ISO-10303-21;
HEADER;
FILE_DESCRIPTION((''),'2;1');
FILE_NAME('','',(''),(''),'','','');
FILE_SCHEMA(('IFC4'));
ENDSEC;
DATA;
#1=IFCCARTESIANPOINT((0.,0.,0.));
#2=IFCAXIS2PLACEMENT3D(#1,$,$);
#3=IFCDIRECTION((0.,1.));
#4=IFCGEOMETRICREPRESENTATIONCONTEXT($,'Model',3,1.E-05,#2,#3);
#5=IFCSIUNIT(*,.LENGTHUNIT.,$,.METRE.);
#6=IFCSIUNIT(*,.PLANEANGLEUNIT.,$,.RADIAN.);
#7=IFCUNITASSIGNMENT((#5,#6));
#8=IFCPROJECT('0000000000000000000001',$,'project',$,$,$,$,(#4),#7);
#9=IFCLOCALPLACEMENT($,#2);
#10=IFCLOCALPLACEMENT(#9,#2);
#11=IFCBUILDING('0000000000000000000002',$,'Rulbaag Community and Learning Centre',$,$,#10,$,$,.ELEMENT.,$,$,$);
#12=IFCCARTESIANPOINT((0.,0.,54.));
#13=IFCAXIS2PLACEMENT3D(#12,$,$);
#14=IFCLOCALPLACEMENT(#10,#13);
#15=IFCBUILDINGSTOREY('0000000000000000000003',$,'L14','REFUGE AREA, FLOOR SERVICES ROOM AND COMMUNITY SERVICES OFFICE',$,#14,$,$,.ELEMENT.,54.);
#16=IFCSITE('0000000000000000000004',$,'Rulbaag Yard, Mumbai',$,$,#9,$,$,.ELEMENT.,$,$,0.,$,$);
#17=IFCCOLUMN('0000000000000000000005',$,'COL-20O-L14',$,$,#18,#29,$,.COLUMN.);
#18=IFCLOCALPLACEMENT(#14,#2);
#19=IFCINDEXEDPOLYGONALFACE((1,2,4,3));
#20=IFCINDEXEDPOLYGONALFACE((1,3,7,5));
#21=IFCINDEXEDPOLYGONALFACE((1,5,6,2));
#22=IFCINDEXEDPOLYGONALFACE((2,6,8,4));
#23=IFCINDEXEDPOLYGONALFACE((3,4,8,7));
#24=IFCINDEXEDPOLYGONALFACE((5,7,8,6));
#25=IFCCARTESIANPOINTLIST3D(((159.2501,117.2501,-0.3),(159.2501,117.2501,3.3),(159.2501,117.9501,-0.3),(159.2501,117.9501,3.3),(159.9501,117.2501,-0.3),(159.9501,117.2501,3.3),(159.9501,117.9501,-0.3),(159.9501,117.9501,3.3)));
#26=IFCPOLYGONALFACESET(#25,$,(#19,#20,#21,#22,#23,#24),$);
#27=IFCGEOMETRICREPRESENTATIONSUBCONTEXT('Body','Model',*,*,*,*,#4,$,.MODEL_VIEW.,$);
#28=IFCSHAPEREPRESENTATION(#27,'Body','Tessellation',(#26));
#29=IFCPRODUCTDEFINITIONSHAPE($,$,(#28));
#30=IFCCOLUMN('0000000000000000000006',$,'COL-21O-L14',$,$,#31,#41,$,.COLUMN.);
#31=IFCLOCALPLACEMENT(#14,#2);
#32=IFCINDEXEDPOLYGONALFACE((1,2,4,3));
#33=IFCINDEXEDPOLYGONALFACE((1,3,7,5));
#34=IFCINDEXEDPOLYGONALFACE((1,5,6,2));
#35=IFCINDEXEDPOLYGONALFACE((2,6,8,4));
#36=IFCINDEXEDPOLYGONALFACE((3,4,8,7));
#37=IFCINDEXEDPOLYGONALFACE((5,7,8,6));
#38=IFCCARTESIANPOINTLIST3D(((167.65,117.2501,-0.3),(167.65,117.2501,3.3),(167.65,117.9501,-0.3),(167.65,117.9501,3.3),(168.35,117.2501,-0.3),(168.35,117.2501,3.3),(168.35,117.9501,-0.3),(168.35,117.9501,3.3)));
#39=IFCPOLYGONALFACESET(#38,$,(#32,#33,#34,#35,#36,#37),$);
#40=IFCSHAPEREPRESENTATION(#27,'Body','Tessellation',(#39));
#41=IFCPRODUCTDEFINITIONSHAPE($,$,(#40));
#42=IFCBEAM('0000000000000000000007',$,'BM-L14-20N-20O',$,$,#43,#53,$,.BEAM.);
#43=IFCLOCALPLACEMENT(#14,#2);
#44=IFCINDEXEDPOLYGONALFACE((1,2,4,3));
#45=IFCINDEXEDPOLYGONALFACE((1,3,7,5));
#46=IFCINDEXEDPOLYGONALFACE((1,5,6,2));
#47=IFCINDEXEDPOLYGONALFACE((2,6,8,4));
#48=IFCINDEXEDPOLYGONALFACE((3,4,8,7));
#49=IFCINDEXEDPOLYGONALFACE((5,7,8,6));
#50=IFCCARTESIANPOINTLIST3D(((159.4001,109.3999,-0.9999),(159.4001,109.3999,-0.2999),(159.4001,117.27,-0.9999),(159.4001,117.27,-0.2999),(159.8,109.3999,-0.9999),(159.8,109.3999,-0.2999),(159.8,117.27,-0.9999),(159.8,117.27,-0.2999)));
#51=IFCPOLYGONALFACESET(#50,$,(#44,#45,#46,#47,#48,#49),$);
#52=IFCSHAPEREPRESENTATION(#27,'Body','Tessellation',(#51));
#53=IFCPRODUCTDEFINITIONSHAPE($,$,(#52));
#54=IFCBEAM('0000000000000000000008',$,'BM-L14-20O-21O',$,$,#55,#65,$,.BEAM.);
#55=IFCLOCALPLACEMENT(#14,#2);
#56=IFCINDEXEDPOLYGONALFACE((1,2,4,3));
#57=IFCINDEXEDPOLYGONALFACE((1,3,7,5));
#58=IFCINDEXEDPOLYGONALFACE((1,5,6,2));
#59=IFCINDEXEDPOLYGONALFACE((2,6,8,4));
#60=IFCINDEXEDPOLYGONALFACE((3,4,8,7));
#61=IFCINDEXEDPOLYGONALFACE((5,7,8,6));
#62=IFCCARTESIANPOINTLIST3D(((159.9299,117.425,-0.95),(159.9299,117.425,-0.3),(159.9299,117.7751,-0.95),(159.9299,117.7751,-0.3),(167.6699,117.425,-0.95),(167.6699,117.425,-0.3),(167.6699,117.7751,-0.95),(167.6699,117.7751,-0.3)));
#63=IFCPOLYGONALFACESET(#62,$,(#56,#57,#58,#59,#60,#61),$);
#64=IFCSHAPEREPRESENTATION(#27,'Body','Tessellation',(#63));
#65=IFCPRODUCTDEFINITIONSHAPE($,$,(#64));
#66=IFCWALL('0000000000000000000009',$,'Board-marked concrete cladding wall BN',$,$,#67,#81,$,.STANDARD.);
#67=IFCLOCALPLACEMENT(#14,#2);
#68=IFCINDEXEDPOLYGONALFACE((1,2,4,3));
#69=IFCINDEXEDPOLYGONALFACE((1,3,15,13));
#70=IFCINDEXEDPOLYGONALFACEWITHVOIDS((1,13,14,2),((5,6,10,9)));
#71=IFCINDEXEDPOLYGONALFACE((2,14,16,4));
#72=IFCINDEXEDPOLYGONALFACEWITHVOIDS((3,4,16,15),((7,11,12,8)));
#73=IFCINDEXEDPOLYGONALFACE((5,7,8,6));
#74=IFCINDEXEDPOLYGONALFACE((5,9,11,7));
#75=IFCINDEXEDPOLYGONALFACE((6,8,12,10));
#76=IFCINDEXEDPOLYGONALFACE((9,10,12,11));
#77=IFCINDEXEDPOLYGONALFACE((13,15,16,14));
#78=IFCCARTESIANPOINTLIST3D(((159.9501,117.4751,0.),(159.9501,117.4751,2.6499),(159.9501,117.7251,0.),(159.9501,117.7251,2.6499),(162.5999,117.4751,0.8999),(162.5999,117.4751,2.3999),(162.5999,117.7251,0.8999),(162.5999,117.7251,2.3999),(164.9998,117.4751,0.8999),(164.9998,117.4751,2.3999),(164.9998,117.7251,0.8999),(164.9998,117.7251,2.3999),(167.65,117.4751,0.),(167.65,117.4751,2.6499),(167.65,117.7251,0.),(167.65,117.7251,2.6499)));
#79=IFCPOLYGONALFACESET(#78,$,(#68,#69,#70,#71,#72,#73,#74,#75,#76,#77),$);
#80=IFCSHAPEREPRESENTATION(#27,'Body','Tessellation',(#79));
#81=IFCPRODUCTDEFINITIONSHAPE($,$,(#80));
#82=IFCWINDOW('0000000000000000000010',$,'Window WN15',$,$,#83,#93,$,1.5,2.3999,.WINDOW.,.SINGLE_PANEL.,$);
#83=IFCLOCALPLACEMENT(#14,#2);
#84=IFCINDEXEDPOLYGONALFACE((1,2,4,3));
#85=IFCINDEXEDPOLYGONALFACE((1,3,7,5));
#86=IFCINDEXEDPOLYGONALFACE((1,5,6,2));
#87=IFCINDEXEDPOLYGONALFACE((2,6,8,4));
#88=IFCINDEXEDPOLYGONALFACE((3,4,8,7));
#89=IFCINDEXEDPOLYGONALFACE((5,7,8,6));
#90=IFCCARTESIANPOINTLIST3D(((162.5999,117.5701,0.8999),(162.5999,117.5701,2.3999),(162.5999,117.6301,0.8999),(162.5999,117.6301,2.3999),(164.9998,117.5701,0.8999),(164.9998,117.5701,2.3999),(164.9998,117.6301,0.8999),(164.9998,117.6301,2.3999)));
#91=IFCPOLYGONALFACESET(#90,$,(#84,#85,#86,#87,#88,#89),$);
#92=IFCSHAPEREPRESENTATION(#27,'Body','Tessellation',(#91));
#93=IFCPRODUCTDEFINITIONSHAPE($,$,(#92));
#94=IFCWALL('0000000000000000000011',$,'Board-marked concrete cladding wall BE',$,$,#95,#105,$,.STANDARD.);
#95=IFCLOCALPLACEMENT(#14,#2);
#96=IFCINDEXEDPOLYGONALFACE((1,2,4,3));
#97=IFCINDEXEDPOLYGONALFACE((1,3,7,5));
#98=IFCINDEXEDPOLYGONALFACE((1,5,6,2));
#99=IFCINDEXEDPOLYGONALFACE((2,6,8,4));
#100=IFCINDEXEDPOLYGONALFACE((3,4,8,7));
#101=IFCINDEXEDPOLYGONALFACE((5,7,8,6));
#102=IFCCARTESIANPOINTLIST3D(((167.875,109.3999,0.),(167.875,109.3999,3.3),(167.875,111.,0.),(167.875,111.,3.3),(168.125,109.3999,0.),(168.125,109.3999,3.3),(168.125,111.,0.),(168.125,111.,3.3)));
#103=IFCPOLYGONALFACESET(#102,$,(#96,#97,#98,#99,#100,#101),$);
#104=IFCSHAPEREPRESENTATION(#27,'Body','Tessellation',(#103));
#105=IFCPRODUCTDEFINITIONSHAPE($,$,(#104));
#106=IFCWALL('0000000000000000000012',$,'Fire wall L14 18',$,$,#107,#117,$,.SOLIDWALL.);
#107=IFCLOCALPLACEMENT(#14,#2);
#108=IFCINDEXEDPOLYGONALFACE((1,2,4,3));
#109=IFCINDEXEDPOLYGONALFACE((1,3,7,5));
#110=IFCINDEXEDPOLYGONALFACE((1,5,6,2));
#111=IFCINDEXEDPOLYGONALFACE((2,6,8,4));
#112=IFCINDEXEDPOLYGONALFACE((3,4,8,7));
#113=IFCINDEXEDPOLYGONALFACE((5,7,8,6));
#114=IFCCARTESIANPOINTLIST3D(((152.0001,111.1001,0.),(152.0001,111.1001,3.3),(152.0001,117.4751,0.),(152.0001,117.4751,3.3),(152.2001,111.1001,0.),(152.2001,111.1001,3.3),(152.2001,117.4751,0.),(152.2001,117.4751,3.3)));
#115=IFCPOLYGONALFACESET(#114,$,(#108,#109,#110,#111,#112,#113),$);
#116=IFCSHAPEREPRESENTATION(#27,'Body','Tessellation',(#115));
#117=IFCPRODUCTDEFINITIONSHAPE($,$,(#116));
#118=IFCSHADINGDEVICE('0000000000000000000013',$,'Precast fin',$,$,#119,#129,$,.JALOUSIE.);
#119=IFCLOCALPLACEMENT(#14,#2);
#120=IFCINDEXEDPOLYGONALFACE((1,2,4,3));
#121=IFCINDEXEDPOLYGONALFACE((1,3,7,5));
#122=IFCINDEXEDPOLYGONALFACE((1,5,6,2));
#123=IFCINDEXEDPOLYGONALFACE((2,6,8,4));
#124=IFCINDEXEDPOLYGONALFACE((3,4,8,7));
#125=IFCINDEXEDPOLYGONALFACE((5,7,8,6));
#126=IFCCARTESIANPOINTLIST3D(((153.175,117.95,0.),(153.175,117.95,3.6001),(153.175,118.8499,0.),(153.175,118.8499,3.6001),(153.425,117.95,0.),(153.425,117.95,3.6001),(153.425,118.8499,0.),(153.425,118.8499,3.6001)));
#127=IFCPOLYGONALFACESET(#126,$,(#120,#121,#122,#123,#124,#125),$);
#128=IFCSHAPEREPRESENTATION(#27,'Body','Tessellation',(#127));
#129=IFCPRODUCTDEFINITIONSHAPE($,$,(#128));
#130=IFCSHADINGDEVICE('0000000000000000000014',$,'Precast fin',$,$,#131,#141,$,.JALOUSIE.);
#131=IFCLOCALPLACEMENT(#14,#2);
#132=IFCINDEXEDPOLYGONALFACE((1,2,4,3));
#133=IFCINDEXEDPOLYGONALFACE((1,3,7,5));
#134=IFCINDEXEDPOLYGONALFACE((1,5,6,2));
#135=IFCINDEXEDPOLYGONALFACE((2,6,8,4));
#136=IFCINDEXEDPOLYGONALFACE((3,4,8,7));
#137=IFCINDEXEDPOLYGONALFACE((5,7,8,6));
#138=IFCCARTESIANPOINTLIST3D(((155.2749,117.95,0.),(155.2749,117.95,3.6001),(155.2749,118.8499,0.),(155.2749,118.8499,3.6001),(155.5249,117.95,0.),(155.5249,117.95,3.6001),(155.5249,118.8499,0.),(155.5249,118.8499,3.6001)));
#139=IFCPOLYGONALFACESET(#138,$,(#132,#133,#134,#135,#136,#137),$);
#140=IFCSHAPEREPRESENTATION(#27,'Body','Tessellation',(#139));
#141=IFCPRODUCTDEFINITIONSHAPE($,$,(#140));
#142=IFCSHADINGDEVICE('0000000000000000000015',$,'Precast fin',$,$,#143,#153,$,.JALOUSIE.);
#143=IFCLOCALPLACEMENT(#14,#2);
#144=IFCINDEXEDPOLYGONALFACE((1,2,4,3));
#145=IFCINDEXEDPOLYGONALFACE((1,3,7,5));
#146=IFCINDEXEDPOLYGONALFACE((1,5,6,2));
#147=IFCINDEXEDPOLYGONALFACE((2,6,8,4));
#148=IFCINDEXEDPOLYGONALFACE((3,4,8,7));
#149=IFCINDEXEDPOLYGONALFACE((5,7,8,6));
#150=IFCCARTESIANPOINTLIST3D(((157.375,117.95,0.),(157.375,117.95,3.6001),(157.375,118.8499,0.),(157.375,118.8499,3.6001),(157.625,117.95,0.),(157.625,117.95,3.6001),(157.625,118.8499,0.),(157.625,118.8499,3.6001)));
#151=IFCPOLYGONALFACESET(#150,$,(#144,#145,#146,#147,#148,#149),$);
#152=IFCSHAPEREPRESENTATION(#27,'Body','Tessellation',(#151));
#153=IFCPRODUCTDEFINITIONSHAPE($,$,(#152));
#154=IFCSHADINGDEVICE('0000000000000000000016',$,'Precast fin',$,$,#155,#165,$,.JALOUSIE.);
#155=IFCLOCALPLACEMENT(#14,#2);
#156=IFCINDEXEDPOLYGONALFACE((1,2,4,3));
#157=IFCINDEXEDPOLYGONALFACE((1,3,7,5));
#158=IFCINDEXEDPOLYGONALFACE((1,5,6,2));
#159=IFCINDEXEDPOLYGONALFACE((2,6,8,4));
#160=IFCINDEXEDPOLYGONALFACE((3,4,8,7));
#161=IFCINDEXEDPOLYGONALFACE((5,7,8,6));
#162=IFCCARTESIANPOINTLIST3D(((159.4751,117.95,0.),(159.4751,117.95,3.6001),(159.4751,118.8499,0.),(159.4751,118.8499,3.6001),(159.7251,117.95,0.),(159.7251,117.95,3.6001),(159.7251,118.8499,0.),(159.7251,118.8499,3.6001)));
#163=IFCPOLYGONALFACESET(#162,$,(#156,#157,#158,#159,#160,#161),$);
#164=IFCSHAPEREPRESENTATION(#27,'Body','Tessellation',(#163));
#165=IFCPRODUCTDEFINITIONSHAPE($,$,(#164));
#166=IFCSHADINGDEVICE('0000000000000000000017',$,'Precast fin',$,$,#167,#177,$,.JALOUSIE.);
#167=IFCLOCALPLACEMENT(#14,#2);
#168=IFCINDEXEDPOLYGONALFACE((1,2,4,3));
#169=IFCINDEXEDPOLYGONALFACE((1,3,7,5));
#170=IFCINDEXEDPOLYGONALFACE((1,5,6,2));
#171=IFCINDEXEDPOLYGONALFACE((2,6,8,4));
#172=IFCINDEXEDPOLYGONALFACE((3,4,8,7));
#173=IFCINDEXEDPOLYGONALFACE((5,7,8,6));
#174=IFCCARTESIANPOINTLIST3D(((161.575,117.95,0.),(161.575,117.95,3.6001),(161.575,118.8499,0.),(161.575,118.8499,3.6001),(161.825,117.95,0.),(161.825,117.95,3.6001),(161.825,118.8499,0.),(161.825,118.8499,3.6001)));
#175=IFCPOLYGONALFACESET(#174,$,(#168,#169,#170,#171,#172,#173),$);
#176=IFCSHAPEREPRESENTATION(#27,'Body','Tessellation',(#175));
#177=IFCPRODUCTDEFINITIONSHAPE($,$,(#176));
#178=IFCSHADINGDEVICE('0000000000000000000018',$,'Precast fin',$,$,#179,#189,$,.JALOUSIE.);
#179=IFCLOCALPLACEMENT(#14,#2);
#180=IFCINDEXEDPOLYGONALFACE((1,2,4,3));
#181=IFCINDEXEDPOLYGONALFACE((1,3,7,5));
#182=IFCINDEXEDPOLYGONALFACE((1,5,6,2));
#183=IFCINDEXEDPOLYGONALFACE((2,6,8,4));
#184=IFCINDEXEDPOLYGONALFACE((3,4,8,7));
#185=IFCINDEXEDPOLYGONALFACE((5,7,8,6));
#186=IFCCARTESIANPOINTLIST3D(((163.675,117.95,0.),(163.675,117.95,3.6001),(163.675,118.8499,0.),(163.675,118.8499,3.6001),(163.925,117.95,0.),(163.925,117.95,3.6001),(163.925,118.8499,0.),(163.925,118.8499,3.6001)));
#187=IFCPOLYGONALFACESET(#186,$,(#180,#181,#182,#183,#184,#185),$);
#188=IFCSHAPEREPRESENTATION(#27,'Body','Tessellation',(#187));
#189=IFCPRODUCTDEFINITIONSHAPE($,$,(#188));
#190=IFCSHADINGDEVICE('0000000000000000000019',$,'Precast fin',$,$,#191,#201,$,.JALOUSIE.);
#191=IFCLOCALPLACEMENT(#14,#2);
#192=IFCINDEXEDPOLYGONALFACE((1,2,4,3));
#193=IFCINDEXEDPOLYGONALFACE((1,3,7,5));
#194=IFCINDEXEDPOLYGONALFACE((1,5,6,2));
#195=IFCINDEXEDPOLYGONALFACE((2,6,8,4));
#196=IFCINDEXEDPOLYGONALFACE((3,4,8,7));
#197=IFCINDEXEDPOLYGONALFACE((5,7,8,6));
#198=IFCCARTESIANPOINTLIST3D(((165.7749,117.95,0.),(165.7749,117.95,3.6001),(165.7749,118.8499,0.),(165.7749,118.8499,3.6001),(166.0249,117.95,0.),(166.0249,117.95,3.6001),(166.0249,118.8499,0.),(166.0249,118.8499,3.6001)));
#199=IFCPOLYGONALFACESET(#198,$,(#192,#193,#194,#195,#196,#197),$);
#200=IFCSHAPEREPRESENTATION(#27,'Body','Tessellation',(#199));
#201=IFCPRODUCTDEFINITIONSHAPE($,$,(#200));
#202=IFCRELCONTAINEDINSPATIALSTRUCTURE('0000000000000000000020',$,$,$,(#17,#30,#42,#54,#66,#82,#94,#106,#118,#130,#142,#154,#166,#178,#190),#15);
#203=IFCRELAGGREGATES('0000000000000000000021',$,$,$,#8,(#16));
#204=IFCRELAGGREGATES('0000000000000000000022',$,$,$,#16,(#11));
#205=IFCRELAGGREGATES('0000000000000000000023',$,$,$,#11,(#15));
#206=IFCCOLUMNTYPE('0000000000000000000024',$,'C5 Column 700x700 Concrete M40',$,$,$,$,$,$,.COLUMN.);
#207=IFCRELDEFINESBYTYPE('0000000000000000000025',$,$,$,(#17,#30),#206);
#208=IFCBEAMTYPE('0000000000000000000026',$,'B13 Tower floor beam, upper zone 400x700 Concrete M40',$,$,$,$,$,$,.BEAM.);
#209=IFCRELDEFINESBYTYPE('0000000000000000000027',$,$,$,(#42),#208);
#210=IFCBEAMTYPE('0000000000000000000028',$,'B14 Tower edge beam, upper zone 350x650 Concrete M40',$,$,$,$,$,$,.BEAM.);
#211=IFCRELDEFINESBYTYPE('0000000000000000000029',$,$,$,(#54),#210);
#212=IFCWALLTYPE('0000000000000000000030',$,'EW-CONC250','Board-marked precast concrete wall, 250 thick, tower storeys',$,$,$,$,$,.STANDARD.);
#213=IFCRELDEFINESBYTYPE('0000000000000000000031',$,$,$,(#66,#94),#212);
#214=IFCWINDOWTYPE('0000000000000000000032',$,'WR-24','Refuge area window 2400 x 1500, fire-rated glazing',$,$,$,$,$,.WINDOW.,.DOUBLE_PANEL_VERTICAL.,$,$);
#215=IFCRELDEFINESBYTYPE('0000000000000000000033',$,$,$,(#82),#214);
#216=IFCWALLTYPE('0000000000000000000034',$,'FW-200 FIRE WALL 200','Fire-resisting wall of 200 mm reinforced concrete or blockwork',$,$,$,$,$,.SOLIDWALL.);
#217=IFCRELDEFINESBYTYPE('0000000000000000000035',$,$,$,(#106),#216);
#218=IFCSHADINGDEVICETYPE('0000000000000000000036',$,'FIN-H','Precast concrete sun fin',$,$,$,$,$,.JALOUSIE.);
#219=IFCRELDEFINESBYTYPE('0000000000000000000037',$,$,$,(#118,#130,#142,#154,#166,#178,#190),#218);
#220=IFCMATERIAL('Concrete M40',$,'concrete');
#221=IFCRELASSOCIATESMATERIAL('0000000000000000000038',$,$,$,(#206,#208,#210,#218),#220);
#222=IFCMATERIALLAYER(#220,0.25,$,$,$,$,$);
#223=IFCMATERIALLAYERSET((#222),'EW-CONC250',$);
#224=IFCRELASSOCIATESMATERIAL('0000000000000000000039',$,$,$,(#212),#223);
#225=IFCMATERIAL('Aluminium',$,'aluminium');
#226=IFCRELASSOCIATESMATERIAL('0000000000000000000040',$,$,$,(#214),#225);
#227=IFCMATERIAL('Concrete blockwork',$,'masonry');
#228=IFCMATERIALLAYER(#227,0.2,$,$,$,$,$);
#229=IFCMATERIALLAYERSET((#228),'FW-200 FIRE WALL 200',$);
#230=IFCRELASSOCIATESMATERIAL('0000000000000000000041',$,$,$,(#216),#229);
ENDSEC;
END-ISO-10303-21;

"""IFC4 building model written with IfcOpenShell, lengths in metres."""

from ifc_helpers import new_model, si_unit, direction, frame, frame_2d, origin, origin_2d, place, context, subcontext, project, spatial, rectangle, extrude, material, layer, layer_set, material_profile, profile_set, type_object, element, fill, save


model = new_model("IFC4")

# Units and contexts
model_context = context("Model", 3, precision=1e-05, world=origin(), true_north=direction((0.0, 1.0)))
body_context = subcontext(model_context, "Body", "Model", "MODEL_VIEW")
ifc_project = project(units=[si_unit("LENGTHUNIT", "METRE"), si_unit("PLANEANGLEUNIT", "RADIAN")], contexts=[model_context])

# Site, building, storey
site_placement = place(None, origin())
site = spatial("IfcSite", under=ifc_project, at=site_placement, Name="Rulbaag Yard, Mumbai", CompositionType="ELEMENT", RefElevation=0.0)
building_placement = place(site_placement, origin())
building = spatial("IfcBuilding", under=site, at=building_placement, Name="Rulbaag Community and Learning Centre", CompositionType="ELEMENT")
storey_placement = place(building_placement, frame((0.0, 0.0, 54.0)))
storey = spatial("IfcBuildingStorey", under=building, at=storey_placement, Name="L14", Description="REFUGE AREA, FLOOR SERVICES ROOM AND COMMUNITY SERVICES OFFICE", CompositionType="ELEMENT", Elevation=54.0)

# Columns
ifc_material_1 = material(Name="Concrete M40", Category="concrete")
ifc_material_profile_1 = material_profile(ifc_material_1, rectangle(XDim=0.7, YDim=0.7, at=origin_2d()), Name="RC700x700")
ifc_profile_set_1 = profile_set([ifc_material_profile_1], Name="Concrete M40")
column_type = type_object("IfcColumnType", Name="C5 Column 700x700 Concrete M40", PredefinedType="COLUMN", material=ifc_profile_set_1)
for number, where, z_axis, x_axis, name in (
    (1, (159.6001, 117.6001, -0.3), (0.0, 0.0, 1.0), (1.0, 0.0, 0.0), "COL-20O-L14"),
    (2, (168.0, 117.6001, -0.3), (0.0, 0.0, 1.0), (1.0, 0.0, 0.0), "COL-21O-L14"),
):
    element("IfcColumn", number, at=place(storey_placement, frame(where, z_axis=z_axis, x_axis=x_axis)), inside=storey, type_object=column_type, Name=name, PredefinedType="COLUMN", context=body_context, shape_type="SweptSolid", body=[
        extrude(rectangle(XDim=0.7, YDim=0.7, at=origin_2d()), origin(), (0.0, 0.0, 1.0), 3.6001),
    ])

# Beams
ifc_material_profile_2 = material_profile(ifc_material_1, rectangle(XDim=0.3999, YDim=0.7, at=origin_2d()), Name="RB400x700")
ifc_profile_set_2 = profile_set([ifc_material_profile_2], Name="Concrete M40")
beam_type_1 = type_object("IfcBeamType", Name="B13 Tower floor beam, upper zone 400x700 Concrete M40", PredefinedType="BEAM", material=ifc_profile_set_2)
beam_1_placement = place(storey_placement, frame((159.6001, 109.3999, -0.6499), z_axis=(0.0, 1.0, 0.0), x_axis=(-1.0, 0.0, 0.0)))
element("IfcBeam", 3, at=beam_1_placement, inside=storey, type_object=beam_type_1, Name="BM-L14-20N-20O", PredefinedType="BEAM", context=body_context, shape_type="SweptSolid", body=[
    extrude(rectangle(XDim=0.3999, YDim=0.7, at=origin_2d()), origin(), (0.0, 0.0, 1.0), 7.8701),
])
ifc_material_profile_3 = material_profile(ifc_material_1, rectangle(XDim=0.3501, YDim=0.6499, at=origin_2d()), Name="RB350x650")
ifc_profile_set_3 = profile_set([ifc_material_profile_3], Name="Concrete M40")
beam_type_2 = type_object("IfcBeamType", Name="B14 Tower edge beam, upper zone 350x650 Concrete M40", PredefinedType="BEAM", material=ifc_profile_set_3)
beam_2_placement = place(storey_placement, frame((159.9299, 117.6001, -0.625), z_axis=(1.0, 0.0, 0.0), x_axis=(0.0, 1.0, 0.0)))
element("IfcBeam", 4, at=beam_2_placement, inside=storey, type_object=beam_type_2, Name="BM-L14-20O-21O", PredefinedType="BEAM", context=body_context, shape_type="SweptSolid", body=[
    extrude(rectangle(XDim=0.3501, YDim=0.6499, at=origin_2d()), origin(), (0.0, 0.0, 1.0), 7.74),
])

# Wall, opening, window
ifc_layer_1 = layer(ifc_material_1, 0.25)
ifc_layer_set_1 = layer_set([ifc_layer_1], Name="EW-CONC250")
wall_type_1 = type_object("IfcWallType", Name="EW-CONC250", Description="Board-marked precast concrete wall, 250 thick, tower storeys", PredefinedType="STANDARD", material=ifc_layer_set_1)
wall_1_placement = place(storey_placement, frame((159.95, 117.6001, 0.0), z_axis=(0.0, 0.0, 1.0), x_axis=(1.0, 0.0, 0.0)))
wall_1 = element("IfcWall", 5, at=wall_1_placement, inside=storey, type_object=wall_type_1, Name="Board-marked concrete cladding wall BN", PredefinedType="STANDARD", context=body_context, shape_type="SweptSolid", body=[
    extrude(rectangle(XDim=7.7, YDim=0.25, at=frame_2d((3.8501, 0.0))), origin(), (0.0, 0.0, 1.0), 2.6499),
])
opening_placement = place(wall_1_placement, frame((2.6499, 0.0, 0.8999)))
opening = element("IfcOpeningElement", 6, at=opening_placement, cuts=wall_1, PredefinedType="OPENING", context=body_context, shape_type="SweptSolid", body=[
    extrude(rectangle(XDim=2.3999, YDim=1.5, at=frame_2d((1.2, 0.75))), frame((0.0, 0.135, 0.0), z_axis=(0.0, -1.0, 0.0), x_axis=(1.0, 0.0, 0.0)), (0.0, 0.0, 1.0), 0.27),
])
ifc_material_2 = material(Name="Aluminium", Category="aluminium")
window_type = type_object("IfcWindowType", Name="WR-24", Description="Refuge area window 2400 x 1500, fire-rated glazing", PartitioningType="DOUBLE_PANEL_VERTICAL", PredefinedType="WINDOW", material=ifc_material_2)
window_placement = place(opening_placement, origin())
window = element("IfcWindow", 7, at=window_placement, inside=storey, type_object=window_type, Name="Window WN15", OverallHeight=1.5, OverallWidth=2.3999, PartitioningType="SINGLE_PANEL", PredefinedType="WINDOW", context=body_context, shape_type="SweptSolid", body=[
    extrude(rectangle(XDim=2.3999, YDim=1.5, at=frame_2d((1.2, 0.75))), frame((0.0, 0.03, 0.0), z_axis=(0.0, -1.0, 0.0), x_axis=(1.0, 0.0, 0.0)), (0.0, 0.0, 1.0), 0.0601),
])
fill(opening, window)

# Walls
wall_2_placement = place(storey_placement, frame((168.0, 109.3999, 0.0), z_axis=(0.0, 0.0, 1.0), x_axis=(0.0, 1.0, 0.0)))
element("IfcWall", 8, at=wall_2_placement, inside=storey, type_object=wall_type_1, Name="Board-marked concrete cladding wall BE", PredefinedType="STANDARD", context=body_context, shape_type="SweptSolid", body=[
    extrude(rectangle(XDim=1.6001, YDim=0.25, at=frame_2d((0.8, 0.0))), origin(), (0.0, 0.0, 1.0), 3.3),
])
ifc_material_3 = material(Name="Concrete blockwork", Category="masonry")
ifc_layer_2 = layer(ifc_material_3, 0.2)
ifc_layer_set_2 = layer_set([ifc_layer_2], Name="FW-200 FIRE WALL 200")
wall_type_2 = type_object("IfcWallType", Name="FW-200 FIRE WALL 200", Description="Fire-resisting wall of 200 mm reinforced concrete or blockwork", PredefinedType="SOLIDWALL", material=ifc_layer_set_2)
wall_3_placement = place(storey_placement, frame((152.1001, 111.1001, 0.0), z_axis=(0.0, 0.0, 1.0), x_axis=(0.0, 1.0, 0.0)))
element("IfcWall", 9, at=wall_3_placement, inside=storey, type_object=wall_type_2, Name="Fire wall L14 18", PredefinedType="SOLIDWALL", context=body_context, shape_type="SweptSolid", body=[
    extrude(rectangle(XDim=6.375, YDim=0.2, at=frame_2d((3.1875, 0.0))), origin(), (0.0, 0.0, 1.0), 3.3),
])

# Shading devices
ifc_material_profile_4 = material_profile(ifc_material_1, rectangle(XDim=0.25, YDim=0.8999, at=origin_2d()), Name="PC 250x900")
ifc_profile_set_4 = profile_set([ifc_material_profile_4], Name="Concrete M40")
shading_device_type = type_object("IfcShadingDeviceType", Name="FIN-H", Description="Precast concrete sun fin", PredefinedType="JALOUSIE", material=ifc_profile_set_4)
for number, where, z_axis, x_axis, name in (
    (10, (153.3, 118.3999, 0.0), (0.0, 0.0, 1.0), (1.0, 0.0, 0.0), "Precast fin"),
    (11, (155.3999, 118.3999, 0.0), (0.0, 0.0, 1.0), (1.0, 0.0, 0.0), "Precast fin"),
    (12, (157.5, 118.3999, 0.0), (0.0, 0.0, 1.0), (1.0, 0.0, 0.0), "Precast fin"),
    (13, (159.6001, 118.3999, 0.0), (0.0, 0.0, 1.0), (1.0, 0.0, 0.0), "Precast fin"),
    (14, (161.7, 118.3999, 0.0), (0.0, 0.0, 1.0), (1.0, 0.0, 0.0), "Precast fin"),
    (15, (163.8, 118.3999, 0.0), (0.0, 0.0, 1.0), (1.0, 0.0, 0.0), "Precast fin"),
    (16, (165.8999, 118.3999, 0.0), (0.0, 0.0, 1.0), (1.0, 0.0, 0.0), "Precast fin"),
):
    element("IfcShadingDevice", number, at=place(storey_placement, frame(where, z_axis=z_axis, x_axis=x_axis)), inside=storey, type_object=shading_device_type, Name=name, PredefinedType="JALOUSIE", context=body_context, shape_type="SweptSolid", body=[
        extrude(rectangle(XDim=0.25, YDim=0.8999, at=origin_2d()), origin(), (0.0, 0.0, 1.0), 3.6001),
    ])

save(model, "model.ifc")
